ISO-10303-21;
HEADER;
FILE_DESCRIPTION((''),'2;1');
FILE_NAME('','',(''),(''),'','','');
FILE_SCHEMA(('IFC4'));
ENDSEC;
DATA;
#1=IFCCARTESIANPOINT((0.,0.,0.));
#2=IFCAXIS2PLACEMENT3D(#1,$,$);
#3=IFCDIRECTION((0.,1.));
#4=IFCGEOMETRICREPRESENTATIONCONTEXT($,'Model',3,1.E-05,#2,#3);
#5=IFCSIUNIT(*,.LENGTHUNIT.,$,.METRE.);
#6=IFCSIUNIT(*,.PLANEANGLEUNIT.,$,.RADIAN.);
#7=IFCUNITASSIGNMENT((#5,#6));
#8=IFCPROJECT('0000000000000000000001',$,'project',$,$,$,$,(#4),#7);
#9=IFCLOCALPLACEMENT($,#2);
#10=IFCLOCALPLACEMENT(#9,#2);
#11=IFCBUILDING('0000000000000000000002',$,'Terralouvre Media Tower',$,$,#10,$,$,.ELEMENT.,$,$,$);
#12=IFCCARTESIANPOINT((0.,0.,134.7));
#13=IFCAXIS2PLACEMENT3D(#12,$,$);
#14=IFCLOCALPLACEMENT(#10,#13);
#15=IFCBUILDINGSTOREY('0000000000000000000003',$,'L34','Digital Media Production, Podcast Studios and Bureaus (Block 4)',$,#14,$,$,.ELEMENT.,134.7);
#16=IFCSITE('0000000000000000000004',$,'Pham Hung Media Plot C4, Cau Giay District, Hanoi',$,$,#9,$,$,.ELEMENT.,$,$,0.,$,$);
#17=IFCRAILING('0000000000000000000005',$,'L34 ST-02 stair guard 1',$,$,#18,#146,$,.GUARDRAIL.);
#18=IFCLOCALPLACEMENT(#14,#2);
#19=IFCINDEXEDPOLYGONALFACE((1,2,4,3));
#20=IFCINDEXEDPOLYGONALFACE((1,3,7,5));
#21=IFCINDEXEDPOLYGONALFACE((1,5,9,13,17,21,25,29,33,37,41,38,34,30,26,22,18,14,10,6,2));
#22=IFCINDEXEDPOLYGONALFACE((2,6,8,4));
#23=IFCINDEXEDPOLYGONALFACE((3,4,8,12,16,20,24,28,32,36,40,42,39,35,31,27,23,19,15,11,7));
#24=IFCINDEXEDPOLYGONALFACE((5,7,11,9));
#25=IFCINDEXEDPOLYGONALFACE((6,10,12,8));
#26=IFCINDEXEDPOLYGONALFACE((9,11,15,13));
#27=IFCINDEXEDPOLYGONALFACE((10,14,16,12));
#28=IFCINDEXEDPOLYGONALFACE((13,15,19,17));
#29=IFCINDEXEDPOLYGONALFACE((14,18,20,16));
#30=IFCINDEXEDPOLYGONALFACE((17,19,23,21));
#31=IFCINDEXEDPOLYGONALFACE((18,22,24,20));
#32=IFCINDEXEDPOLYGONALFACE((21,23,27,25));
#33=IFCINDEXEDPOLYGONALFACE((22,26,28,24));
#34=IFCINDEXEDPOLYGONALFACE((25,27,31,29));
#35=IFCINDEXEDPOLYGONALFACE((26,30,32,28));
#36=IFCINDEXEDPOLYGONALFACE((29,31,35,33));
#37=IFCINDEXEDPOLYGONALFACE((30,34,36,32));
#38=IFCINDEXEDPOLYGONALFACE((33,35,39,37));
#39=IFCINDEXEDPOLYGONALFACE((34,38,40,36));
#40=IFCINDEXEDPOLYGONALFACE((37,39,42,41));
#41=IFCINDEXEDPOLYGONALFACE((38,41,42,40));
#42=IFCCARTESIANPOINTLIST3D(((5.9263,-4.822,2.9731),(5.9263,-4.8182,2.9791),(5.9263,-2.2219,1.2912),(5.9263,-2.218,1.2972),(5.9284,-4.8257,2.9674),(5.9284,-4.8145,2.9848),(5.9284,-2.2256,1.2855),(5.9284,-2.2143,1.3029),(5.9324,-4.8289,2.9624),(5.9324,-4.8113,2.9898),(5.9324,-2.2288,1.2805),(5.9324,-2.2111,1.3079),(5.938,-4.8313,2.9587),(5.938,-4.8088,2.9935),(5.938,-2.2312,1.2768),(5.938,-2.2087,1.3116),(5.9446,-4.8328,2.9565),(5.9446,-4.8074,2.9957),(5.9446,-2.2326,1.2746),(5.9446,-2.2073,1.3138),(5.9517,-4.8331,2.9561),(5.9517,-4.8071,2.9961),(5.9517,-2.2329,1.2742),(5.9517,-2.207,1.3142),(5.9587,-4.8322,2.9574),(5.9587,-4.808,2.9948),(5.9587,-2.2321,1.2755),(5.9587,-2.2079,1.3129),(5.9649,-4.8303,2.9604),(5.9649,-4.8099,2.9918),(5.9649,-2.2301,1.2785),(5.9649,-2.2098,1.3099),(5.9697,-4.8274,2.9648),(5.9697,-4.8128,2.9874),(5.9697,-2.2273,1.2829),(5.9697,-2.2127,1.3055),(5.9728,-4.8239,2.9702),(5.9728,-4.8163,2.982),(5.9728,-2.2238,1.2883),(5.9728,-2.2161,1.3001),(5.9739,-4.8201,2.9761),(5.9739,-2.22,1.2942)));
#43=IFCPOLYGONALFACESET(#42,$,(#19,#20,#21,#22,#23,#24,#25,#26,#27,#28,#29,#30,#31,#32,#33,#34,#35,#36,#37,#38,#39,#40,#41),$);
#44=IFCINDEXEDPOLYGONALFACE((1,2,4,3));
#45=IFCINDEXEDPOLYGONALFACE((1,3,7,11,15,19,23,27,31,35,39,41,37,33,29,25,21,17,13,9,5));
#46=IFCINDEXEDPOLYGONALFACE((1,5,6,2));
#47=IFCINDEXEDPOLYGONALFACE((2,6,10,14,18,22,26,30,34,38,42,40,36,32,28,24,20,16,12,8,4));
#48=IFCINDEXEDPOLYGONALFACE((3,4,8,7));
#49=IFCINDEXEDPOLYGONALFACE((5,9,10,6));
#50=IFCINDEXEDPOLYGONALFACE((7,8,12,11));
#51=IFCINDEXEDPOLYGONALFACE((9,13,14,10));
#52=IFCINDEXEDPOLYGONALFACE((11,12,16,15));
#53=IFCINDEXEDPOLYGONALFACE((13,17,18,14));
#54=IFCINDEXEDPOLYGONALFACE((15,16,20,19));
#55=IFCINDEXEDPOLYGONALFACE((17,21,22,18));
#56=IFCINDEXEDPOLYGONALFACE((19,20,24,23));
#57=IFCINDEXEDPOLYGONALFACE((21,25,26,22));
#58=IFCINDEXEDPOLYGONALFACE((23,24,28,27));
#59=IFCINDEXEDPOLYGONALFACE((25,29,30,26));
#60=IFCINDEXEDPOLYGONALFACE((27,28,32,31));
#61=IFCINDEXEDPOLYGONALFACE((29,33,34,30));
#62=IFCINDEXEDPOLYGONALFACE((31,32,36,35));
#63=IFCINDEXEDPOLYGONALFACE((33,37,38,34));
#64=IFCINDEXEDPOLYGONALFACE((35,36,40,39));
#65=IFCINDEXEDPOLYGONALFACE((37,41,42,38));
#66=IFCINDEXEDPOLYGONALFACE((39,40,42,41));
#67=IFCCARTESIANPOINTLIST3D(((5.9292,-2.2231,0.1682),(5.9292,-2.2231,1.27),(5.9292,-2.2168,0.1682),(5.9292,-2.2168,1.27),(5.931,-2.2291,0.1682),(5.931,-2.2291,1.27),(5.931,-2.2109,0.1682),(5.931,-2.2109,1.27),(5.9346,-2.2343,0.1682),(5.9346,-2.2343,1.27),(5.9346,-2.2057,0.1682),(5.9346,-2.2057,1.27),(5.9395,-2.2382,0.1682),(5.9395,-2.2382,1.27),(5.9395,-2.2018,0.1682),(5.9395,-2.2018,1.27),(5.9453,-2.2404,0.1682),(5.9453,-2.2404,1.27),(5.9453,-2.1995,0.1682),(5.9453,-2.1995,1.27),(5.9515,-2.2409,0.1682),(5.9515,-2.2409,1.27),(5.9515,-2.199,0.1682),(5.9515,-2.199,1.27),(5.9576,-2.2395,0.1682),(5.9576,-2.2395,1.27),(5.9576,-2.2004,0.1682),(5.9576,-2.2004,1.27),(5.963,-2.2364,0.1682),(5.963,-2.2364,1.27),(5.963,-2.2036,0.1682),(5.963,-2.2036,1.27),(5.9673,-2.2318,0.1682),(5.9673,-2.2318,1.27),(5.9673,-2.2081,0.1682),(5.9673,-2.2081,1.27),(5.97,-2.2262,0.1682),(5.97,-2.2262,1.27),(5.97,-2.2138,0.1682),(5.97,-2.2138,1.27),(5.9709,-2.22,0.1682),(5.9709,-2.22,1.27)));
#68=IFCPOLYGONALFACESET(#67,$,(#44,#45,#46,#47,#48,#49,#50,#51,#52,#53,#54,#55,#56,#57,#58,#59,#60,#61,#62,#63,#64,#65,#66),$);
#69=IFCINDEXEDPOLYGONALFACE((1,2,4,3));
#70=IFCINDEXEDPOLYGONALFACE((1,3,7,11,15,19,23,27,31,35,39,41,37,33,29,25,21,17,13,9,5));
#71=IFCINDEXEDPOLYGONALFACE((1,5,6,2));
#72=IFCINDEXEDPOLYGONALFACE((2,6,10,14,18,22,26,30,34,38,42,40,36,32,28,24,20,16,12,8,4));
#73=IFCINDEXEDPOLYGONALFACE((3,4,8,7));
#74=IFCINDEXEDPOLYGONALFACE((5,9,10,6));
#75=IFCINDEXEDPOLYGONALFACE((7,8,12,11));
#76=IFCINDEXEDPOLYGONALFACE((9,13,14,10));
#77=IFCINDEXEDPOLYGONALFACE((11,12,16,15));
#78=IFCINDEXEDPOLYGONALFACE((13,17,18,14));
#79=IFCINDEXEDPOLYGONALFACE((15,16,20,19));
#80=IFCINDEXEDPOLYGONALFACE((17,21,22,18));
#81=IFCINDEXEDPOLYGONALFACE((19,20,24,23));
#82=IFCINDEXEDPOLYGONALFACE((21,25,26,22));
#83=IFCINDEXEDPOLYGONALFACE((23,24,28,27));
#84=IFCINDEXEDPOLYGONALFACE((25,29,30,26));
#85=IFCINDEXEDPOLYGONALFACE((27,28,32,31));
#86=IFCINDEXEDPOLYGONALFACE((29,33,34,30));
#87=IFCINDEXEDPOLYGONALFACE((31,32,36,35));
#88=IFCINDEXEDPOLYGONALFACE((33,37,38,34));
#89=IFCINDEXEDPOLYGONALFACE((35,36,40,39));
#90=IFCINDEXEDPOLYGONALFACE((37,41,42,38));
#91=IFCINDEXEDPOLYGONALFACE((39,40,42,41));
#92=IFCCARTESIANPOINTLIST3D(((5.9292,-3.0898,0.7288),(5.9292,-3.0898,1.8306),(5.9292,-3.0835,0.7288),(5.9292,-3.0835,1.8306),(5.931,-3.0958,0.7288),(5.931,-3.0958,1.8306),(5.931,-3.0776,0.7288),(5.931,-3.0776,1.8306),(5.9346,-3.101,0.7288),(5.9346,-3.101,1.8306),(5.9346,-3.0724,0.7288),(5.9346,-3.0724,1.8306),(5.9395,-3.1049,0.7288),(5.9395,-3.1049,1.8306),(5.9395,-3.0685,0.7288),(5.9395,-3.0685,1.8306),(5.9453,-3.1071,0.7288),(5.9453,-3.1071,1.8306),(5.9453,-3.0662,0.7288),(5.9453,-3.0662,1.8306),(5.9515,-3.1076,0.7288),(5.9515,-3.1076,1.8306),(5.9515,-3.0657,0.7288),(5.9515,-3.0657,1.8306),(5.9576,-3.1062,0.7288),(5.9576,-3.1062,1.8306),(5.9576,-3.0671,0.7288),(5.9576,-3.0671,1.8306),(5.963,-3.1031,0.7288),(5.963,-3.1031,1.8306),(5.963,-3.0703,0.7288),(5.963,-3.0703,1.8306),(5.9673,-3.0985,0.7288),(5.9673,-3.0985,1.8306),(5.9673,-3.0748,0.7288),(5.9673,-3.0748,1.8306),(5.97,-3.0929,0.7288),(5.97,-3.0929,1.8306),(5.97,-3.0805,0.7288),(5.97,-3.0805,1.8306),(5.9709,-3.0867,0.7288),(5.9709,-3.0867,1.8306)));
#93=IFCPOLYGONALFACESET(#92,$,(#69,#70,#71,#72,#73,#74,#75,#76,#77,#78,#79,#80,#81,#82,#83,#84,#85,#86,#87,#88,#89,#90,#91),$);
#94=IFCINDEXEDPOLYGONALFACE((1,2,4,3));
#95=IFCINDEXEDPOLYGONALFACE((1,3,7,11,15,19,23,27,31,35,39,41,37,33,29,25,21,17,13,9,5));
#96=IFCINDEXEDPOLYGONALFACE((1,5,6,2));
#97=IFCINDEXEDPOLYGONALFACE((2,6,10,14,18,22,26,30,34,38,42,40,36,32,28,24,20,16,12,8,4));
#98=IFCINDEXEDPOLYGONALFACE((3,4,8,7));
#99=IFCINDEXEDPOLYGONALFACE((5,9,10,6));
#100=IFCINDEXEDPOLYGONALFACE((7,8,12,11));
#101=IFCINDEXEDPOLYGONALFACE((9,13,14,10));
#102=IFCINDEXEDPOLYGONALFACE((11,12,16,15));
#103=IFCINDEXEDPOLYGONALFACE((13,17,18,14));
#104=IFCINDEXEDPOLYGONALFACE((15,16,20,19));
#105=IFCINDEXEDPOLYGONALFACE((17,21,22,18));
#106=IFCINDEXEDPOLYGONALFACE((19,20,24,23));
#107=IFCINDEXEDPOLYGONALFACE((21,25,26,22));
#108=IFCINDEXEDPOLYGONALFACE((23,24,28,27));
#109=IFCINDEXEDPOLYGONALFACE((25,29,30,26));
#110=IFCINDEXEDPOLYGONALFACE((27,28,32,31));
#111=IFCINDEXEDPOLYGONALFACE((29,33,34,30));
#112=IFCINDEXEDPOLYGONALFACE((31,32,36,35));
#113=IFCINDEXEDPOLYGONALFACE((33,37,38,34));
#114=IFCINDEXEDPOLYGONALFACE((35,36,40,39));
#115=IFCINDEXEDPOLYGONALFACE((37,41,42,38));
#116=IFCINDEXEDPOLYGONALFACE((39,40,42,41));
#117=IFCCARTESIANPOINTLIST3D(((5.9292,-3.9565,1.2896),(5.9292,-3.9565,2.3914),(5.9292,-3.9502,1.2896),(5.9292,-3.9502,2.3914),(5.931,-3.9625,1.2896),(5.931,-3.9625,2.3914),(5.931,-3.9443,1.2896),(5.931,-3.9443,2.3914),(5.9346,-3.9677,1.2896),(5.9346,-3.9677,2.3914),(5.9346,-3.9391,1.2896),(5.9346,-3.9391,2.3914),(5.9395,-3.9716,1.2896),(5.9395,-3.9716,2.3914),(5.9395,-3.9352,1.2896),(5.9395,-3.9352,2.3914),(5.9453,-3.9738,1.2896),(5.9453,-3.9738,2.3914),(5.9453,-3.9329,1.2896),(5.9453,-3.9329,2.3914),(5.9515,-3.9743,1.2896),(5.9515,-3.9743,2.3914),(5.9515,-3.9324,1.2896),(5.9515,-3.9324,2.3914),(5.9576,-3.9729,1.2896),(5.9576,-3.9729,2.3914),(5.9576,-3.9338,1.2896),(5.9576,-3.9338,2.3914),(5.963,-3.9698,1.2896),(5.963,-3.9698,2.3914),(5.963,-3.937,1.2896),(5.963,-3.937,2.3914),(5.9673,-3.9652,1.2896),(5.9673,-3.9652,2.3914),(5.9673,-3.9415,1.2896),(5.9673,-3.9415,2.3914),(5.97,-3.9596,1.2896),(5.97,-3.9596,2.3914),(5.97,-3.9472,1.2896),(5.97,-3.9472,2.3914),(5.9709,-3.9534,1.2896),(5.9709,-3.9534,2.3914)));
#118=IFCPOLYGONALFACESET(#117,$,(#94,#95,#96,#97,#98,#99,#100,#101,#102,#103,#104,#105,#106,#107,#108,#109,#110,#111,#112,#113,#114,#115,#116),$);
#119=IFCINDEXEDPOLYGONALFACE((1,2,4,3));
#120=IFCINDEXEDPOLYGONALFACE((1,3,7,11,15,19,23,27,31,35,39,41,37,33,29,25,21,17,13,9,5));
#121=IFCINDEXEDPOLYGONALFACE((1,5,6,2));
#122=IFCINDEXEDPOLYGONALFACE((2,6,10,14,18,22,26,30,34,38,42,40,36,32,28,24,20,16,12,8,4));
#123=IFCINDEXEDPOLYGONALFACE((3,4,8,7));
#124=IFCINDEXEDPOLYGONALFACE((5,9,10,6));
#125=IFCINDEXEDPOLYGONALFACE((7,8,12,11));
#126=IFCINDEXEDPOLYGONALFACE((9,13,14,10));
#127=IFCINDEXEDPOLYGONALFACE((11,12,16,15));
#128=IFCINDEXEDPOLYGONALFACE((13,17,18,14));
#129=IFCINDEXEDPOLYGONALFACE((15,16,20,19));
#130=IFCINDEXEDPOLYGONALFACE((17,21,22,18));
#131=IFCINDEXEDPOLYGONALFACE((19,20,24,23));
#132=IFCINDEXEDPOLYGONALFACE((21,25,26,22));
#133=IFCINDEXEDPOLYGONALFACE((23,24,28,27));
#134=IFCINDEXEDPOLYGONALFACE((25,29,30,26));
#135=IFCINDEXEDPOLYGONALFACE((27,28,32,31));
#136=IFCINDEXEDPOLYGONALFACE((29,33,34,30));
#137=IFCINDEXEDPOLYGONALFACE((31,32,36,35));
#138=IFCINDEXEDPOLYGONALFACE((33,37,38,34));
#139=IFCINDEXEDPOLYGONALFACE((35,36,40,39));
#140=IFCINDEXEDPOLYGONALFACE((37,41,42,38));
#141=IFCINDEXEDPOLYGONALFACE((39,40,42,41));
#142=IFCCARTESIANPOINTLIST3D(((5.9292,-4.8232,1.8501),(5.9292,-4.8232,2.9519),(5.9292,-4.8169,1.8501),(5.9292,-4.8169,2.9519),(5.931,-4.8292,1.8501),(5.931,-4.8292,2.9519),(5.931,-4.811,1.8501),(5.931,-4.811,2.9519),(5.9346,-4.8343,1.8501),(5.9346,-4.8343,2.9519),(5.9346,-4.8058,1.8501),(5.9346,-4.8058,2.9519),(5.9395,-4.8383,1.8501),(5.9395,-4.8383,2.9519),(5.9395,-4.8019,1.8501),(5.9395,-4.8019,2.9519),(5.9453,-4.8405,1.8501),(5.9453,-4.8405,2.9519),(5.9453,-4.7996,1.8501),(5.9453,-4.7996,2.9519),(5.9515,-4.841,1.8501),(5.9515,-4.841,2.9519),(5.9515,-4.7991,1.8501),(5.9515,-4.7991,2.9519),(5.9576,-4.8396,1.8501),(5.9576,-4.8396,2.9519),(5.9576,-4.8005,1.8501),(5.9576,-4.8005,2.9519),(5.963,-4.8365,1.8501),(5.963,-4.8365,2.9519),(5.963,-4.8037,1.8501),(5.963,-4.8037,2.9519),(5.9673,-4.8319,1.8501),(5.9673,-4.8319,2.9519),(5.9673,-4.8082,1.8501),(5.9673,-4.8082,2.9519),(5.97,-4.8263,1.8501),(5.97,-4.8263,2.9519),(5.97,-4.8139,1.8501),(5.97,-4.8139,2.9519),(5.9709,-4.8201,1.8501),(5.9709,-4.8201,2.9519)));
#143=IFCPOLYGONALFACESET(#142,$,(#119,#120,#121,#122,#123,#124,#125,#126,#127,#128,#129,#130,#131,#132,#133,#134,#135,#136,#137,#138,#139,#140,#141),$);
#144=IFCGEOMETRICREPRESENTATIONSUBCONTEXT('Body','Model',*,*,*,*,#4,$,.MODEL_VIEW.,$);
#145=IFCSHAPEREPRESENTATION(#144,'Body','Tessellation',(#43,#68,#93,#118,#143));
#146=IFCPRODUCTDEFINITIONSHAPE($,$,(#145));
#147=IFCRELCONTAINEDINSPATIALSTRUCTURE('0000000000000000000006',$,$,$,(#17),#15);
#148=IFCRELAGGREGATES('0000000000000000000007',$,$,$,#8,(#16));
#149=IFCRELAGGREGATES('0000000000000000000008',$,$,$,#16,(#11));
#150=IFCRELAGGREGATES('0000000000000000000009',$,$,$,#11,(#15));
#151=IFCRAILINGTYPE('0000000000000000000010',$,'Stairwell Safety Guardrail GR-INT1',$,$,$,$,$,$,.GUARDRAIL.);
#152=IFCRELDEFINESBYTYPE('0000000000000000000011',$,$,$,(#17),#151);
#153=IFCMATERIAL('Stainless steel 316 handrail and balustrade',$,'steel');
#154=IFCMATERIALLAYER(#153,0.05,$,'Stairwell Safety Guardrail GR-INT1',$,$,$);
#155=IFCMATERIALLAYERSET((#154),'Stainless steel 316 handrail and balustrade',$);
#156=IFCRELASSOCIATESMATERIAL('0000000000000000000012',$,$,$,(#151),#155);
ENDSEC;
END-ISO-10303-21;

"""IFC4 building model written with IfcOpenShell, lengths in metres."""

from ifc_helpers import new_model, si_unit, direction, frame, origin, origin_2d, place, context, subcontext, project, spatial, circle, extrude, material, layer, layer_set, type_object, element, save


model = new_model("IFC4")

# Units and contexts
model_context = context("Model", 3, precision=1e-05, world=origin(), true_north=direction((0.0, 1.0)))
body_context = subcontext(model_context, "Body", "Model", "MODEL_VIEW")
ifc_project = project(units=[si_unit("LENGTHUNIT", "METRE"), si_unit("PLANEANGLEUNIT", "RADIAN")], contexts=[model_context])

# Site, building, storey
site_placement = place(None, origin())
site = spatial("IfcSite", under=ifc_project, at=site_placement, Name="Pham Hung Media Plot C4, Cau Giay District, Hanoi", CompositionType="ELEMENT", RefElevation=0.0)
building_placement = place(site_placement, origin())
building = spatial("IfcBuilding", under=site, at=building_placement, Name="Terralouvre Media Tower", CompositionType="ELEMENT")
storey_placement = place(building_placement, frame((0.0, 0.0, 134.7)))
storey = spatial("IfcBuildingStorey", under=building, at=storey_placement, Name="L34", Description="Digital Media Production, Podcast Studios and Bureaus (Block 4)", CompositionType="ELEMENT", Elevation=134.7)

# Railing
ifc_material_1 = material(Name="Stainless steel 316 handrail and balustrade", Category="steel")
ifc_layer_1 = layer(ifc_material_1, 0.05, Name="Stairwell Safety Guardrail GR-INT1")
ifc_layer_set_1 = layer_set([ifc_layer_1], Name="Stainless steel 316 handrail and balustrade")
railing_type_1 = type_object("IfcRailingType", Name="Stairwell Safety Guardrail GR-INT1", PredefinedType="GUARDRAIL", material=ifc_layer_set_1)
railing_1_placement = place(storey_placement, frame((5.95, -2.22, 0.1682)))
element("IfcRailing", 1, at=railing_1_placement, inside=storey, type_object=railing_type_1, Name="L34 ST-02 stair guard 1", PredefinedType="GUARDRAIL", context=body_context, shape_type="SweptSolid", body=[
    extrude(circle(Radius=0.0239, at=origin_2d()), frame((0.0, 0.0, 1.126), z_axis=(0.0, -0.839648, 0.54313), x_axis=(1.0, 0.0, 0.0)), (0.0, 0.0, 1.0), 3.0967),
    extrude(circle(Radius=0.021, at=origin_2d()), origin(), (0.0, 0.0, 1.0), 1.1018),
    extrude(circle(Radius=0.021, at=origin_2d()), frame((0.0, -0.8667, 0.5605)), (0.0, 0.0, 1.0), 1.1018),
    extrude(circle(Radius=0.021, at=origin_2d()), frame((0.0, -1.7334, 1.1213)), (0.0, 0.0, 1.0), 1.1018),
    extrude(circle(Radius=0.021, at=origin_2d()), frame((0.0, -2.6001, 1.6819)), (0.0, 0.0, 1.0), 1.1018),
])

save(model, "model.ifc")
